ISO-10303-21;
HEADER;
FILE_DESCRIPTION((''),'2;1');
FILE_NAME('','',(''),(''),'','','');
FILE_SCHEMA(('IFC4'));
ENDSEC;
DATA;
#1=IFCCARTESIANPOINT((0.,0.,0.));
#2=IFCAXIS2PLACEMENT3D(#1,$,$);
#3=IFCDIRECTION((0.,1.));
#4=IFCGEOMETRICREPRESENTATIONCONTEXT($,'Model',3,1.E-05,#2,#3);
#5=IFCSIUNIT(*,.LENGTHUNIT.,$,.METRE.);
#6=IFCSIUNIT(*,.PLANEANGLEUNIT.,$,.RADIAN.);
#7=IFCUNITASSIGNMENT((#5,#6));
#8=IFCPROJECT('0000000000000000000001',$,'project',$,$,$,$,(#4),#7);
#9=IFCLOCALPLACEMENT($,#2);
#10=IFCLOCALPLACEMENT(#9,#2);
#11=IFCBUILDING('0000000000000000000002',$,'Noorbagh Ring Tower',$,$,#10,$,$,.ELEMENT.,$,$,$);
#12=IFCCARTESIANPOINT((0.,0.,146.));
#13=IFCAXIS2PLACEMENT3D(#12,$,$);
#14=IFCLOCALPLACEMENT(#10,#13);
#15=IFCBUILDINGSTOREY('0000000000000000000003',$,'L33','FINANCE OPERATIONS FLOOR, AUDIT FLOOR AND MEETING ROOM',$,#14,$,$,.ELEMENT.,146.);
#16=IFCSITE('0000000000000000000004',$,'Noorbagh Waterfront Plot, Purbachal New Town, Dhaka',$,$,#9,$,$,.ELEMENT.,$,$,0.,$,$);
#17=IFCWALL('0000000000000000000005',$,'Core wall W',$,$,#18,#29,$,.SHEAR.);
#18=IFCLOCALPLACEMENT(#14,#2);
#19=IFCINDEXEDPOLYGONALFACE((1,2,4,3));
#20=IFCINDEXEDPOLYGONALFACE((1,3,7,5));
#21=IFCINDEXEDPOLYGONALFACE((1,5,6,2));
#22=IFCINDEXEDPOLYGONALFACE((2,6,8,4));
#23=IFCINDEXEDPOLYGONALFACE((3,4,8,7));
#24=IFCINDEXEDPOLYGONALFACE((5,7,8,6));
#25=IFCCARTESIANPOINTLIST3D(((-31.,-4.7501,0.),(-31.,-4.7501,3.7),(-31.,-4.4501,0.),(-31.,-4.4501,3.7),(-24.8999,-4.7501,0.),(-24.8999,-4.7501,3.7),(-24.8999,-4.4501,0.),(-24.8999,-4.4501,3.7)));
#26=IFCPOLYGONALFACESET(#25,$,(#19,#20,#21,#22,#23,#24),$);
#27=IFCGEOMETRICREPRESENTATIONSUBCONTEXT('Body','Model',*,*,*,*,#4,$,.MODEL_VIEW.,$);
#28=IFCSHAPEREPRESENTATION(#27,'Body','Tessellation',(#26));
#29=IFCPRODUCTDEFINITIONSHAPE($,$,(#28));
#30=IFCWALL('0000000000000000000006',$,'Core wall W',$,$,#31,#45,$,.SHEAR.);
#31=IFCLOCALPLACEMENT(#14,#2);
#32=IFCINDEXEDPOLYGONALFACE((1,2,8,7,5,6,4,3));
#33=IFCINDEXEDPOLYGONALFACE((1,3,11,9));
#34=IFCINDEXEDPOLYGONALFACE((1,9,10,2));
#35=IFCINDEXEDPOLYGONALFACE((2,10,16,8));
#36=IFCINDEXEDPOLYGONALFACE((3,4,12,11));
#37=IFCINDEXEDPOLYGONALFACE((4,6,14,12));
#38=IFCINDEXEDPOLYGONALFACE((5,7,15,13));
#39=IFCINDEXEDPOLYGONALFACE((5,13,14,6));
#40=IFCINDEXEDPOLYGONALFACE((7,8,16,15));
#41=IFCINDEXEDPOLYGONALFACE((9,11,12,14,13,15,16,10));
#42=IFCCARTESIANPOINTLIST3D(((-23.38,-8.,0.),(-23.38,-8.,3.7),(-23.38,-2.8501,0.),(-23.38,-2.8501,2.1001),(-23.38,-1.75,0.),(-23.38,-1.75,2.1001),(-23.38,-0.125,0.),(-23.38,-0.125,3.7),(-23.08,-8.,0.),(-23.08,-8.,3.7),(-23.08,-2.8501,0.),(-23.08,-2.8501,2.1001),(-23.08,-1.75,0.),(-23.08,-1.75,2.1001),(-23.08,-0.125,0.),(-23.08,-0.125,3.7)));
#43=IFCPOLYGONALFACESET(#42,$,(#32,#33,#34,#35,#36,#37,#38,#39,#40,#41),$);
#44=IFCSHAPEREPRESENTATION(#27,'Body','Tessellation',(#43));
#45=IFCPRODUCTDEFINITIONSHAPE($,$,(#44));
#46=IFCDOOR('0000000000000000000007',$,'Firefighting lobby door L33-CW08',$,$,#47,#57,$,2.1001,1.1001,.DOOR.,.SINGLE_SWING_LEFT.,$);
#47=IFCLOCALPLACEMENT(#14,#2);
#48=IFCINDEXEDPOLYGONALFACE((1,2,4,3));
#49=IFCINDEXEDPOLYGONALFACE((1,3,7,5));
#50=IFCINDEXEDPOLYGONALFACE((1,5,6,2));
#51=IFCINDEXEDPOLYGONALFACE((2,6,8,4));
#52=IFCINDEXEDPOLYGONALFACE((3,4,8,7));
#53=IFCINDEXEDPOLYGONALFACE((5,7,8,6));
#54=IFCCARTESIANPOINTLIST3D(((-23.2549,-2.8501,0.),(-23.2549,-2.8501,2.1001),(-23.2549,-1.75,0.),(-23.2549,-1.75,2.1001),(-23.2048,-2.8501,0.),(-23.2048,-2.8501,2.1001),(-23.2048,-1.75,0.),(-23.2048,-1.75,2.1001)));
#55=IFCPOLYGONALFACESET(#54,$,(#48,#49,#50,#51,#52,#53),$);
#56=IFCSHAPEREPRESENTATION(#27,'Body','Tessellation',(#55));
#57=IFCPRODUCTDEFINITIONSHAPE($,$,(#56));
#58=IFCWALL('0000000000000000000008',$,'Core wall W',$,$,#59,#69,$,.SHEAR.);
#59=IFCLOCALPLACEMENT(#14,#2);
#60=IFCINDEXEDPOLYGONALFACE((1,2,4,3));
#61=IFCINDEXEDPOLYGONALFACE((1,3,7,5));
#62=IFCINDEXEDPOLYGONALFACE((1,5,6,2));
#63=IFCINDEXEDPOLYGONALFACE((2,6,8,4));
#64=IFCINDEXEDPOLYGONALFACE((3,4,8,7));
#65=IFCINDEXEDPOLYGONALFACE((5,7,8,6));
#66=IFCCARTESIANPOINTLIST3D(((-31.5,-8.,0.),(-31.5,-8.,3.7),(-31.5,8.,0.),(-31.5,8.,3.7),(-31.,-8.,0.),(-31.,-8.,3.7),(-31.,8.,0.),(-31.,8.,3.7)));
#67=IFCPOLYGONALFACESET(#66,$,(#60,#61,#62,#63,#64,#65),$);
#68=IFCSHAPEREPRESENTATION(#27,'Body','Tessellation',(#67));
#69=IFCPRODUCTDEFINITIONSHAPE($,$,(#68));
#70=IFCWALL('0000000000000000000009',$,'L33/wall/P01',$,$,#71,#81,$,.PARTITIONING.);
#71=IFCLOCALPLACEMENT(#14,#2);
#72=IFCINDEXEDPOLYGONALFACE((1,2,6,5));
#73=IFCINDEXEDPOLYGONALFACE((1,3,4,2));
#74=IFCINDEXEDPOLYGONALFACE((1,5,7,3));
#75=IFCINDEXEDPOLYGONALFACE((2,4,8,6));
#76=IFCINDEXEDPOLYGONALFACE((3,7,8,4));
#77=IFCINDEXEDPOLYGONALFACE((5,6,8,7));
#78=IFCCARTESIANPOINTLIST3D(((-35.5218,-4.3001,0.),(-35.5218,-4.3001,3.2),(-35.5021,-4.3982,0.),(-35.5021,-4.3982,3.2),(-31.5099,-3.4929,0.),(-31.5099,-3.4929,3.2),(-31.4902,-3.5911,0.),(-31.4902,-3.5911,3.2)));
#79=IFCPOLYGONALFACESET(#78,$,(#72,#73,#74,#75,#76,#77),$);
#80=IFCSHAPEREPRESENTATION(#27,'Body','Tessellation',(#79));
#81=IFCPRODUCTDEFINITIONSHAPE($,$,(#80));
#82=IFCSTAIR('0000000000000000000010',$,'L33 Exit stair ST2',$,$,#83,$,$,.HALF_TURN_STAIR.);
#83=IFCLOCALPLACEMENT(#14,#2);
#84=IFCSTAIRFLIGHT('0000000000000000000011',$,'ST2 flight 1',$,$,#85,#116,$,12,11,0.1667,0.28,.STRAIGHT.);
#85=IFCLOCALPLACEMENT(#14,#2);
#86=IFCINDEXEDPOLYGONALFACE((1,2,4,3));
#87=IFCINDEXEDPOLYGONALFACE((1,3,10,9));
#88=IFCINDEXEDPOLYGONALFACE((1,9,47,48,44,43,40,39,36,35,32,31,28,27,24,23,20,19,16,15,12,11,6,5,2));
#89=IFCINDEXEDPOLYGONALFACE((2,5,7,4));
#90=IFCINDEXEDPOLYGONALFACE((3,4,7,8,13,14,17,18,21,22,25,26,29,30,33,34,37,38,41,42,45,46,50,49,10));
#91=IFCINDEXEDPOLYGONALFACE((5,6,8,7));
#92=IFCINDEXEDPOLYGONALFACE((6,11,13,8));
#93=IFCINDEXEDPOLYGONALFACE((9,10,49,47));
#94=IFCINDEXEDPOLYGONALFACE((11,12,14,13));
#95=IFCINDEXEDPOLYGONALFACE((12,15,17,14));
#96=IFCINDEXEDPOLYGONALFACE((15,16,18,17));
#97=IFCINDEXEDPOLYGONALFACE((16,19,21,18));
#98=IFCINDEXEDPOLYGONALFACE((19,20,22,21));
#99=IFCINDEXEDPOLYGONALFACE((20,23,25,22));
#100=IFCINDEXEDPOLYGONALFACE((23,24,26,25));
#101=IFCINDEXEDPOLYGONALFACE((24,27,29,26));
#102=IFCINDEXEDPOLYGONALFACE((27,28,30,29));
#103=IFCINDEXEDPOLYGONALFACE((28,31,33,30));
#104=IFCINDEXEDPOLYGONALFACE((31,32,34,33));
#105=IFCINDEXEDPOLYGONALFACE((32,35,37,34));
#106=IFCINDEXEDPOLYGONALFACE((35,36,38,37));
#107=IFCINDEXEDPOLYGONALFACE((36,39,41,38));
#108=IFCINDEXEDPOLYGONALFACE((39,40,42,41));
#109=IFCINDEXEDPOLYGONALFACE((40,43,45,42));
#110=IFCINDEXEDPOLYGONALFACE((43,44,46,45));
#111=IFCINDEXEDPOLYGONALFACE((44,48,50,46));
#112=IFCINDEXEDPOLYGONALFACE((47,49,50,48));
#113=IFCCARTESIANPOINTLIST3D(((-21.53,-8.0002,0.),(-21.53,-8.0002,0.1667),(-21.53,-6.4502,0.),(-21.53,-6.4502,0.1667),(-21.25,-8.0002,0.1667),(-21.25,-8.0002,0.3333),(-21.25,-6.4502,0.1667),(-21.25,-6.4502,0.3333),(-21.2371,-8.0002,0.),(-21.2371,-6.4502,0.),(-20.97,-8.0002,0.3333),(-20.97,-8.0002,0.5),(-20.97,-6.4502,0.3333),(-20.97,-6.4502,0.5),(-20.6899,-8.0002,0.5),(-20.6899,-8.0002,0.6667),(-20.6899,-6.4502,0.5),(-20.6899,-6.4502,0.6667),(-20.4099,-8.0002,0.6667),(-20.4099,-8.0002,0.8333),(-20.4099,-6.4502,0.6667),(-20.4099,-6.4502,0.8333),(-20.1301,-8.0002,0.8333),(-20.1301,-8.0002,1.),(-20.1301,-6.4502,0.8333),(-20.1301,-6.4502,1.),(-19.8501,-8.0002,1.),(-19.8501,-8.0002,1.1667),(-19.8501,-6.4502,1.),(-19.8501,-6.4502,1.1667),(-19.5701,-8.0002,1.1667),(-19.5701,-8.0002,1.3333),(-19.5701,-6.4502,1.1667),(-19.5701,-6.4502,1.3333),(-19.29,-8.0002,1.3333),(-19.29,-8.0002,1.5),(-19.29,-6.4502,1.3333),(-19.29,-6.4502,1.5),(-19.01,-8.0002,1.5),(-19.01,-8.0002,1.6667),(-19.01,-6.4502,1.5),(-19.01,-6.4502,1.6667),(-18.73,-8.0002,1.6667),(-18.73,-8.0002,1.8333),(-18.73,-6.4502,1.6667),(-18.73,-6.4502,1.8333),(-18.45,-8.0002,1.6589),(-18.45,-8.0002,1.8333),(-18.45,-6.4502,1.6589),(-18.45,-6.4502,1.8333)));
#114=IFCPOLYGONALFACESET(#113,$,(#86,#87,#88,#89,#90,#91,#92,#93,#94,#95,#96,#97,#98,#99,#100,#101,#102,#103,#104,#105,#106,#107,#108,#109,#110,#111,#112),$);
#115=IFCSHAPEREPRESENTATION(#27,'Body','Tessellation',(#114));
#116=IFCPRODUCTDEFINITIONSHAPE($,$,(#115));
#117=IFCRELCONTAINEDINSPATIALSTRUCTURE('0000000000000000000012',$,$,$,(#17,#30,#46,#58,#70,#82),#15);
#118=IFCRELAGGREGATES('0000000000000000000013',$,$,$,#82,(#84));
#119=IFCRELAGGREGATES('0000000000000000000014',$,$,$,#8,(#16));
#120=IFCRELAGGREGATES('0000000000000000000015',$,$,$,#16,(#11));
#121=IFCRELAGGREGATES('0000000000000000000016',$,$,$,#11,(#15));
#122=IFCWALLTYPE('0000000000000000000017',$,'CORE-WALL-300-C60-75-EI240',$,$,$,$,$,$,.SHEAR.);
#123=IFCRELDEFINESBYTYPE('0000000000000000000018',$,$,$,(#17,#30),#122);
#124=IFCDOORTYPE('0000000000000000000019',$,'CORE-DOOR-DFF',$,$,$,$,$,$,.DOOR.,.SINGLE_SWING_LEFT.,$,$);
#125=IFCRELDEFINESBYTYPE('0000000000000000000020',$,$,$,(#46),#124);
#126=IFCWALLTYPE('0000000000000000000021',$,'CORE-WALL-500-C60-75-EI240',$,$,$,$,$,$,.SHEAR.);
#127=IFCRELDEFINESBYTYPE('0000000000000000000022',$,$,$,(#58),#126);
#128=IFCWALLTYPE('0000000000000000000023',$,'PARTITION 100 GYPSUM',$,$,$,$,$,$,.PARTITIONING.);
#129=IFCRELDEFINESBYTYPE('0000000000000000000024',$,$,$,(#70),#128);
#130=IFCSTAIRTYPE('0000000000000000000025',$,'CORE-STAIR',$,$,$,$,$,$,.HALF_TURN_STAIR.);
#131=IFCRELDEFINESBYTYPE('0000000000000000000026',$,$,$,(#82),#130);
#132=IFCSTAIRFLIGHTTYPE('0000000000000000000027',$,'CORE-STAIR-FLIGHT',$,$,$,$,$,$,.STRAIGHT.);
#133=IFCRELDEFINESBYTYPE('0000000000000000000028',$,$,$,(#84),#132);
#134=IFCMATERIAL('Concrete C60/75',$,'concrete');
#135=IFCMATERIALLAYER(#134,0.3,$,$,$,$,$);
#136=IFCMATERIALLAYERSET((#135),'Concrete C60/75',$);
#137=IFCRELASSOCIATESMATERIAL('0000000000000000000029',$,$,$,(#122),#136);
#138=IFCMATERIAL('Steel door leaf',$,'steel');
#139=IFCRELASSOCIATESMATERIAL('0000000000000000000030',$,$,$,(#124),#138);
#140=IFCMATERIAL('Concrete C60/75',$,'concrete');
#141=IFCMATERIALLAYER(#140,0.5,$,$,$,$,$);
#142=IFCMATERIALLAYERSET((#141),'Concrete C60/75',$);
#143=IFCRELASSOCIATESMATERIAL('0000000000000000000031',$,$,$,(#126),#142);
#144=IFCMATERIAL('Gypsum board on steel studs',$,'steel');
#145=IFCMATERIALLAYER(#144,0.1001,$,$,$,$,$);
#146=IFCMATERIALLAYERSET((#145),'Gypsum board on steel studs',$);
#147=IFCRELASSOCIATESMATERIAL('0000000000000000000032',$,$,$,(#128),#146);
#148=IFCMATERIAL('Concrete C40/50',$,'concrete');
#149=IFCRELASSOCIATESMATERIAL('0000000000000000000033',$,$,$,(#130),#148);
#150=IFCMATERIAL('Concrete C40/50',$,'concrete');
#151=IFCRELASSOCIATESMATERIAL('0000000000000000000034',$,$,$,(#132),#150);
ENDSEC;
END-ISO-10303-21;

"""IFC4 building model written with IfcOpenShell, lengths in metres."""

from ifc_helpers import new_model, si_unit, direction, frame, frame_2d, origin, place, context, subcontext, project, spatial, polyline, rectangle, outline, extrude, material, layer, layer_set, type_object, element, fill, aggregate, save


model = new_model("IFC4")

# Units and contexts
model_context = context("Model", 3, precision=1e-05, world=origin(), true_north=direction((0.0, 1.0)))
body_context = subcontext(model_context, "Body", "Model", "MODEL_VIEW")
ifc_project = project(units=[si_unit("LENGTHUNIT", "METRE"), si_unit("PLANEANGLEUNIT", "RADIAN")], contexts=[model_context])

# Site, building, storey
site_placement = place(None, origin())
site = spatial("IfcSite", under=ifc_project, at=site_placement, Name="Noorbagh Waterfront Plot, Purbachal New Town, Dhaka", CompositionType="ELEMENT", RefElevation=0.0)
building_placement = place(site_placement, origin())
building = spatial("IfcBuilding", under=site, at=building_placement, Name="Noorbagh Ring Tower", CompositionType="ELEMENT")
storey_placement = place(building_placement, frame((0.0, 0.0, 146.0)))
storey = spatial("IfcBuildingStorey", under=building, at=storey_placement, Name="L33", Description="FINANCE OPERATIONS FLOOR, AUDIT FLOOR AND MEETING ROOM", CompositionType="ELEMENT", Elevation=146.0)

# Wall
ifc_material_1 = material(Name="Concrete C60/75", Category="concrete")
ifc_layer_1 = layer(ifc_material_1, 0.3)
ifc_layer_set_1 = layer_set([ifc_layer_1], Name="Concrete C60/75")
wall_type_1 = type_object("IfcWallType", Name="CORE-WALL-300-C60-75-EI240", PredefinedType="SHEAR", material=ifc_layer_set_1)
wall_1_placement = place(storey_placement, frame((-24.8999, -4.6001, 0.0), z_axis=(0.0, 0.0, 1.0), x_axis=(-1.0, 0.0, 0.0)))
element("IfcWall", 1, at=wall_1_placement, inside=storey, type_object=wall_type_1, Name="Core wall W", PredefinedType="SHEAR", context=body_context, shape_type="SweptSolid", body=[
    extrude(rectangle(XDim=6.1001, YDim=0.3, at=frame_2d((3.05, 0.0))), origin(), (0.0, 0.0, 1.0), 3.7),
])

# Wall, opening, door
wall_2_placement = place(storey_placement, frame((-23.23, -8.0, 0.0), z_axis=(0.0, 0.0, 1.0), x_axis=(0.0, 1.0, 0.0)))
wall_2 = element("IfcWall", 2, at=wall_2_placement, inside=storey, type_object=wall_type_1, Name="Core wall W", PredefinedType="SHEAR", context=body_context, shape_type="SweptSolid", body=[
    extrude(rectangle(XDim=7.875, YDim=0.3, at=frame_2d((3.9375, 0.0))), origin(), (0.0, 0.0, 1.0), 3.7),
])
opening_1_placement = place(wall_2_placement, frame((5.1499, 0.0, 0.0)))
opening_1 = element("IfcOpeningElement", 3, at=opening_1_placement, cuts=wall_2, PredefinedType="OPENING", context=body_context, shape_type="SweptSolid", body=[
    extrude(rectangle(XDim=1.1001, YDim=2.1001, at=frame_2d((0.55, 1.05))), frame((0.0, 0.1602, 0.0), z_axis=(0.0, -1.0, 0.0), x_axis=(1.0, 0.0, 0.0)), (0.0, 0.0, 1.0), 0.3201),
])
ifc_material_2 = material(Name="Steel door leaf", Category="steel")
door_type_1 = type_object("IfcDoorType", Name="CORE-DOOR-DFF", OperationType="SINGLE_SWING_LEFT", PredefinedType="DOOR", material=ifc_material_2)
door_1_placement = place(opening_1_placement, origin())
door_1 = element("IfcDoor", 4, at=door_1_placement, inside=storey, type_object=door_type_1, Name="Firefighting lobby door L33-CW08", OperationType="SINGLE_SWING_LEFT", OverallHeight=2.1001, OverallWidth=1.1001, PredefinedType="DOOR", context=body_context, shape_type="SweptSolid", body=[
    extrude(rectangle(XDim=1.1001, YDim=2.1001, at=frame_2d((0.55, 1.05))), frame((0.0, 0.0249, 0.0), z_axis=(0.0, -1.0, 0.0), x_axis=(1.0, 0.0, 0.0)), (0.0, 0.0, 1.0), 0.05),
])
fill(opening_1, door_1)

# Walls
ifc_material_3 = material(Name="Concrete C60/75", Category="concrete")
ifc_layer_2 = layer(ifc_material_3, 0.5)
ifc_layer_set_2 = layer_set([ifc_layer_2], Name="Concrete C60/75")
wall_type_2 = type_object("IfcWallType", Name="CORE-WALL-500-C60-75-EI240", PredefinedType="SHEAR", material=ifc_layer_set_2)
wall_3_placement = place(storey_placement, frame((-31.25, -8.0, 0.0), z_axis=(0.0, 0.0, 1.0), x_axis=(0.0, 1.0, 0.0)))
element("IfcWall", 5, at=wall_3_placement, inside=storey, type_object=wall_type_2, Name="Core wall W", PredefinedType="SHEAR", context=body_context, shape_type="SweptSolid", body=[
    extrude(rectangle(XDim=16.0, YDim=0.5, at=frame_2d((8.0, 0.0))), origin(), (0.0, 0.0, 1.0), 3.7),
])
ifc_material_4 = material(Name="Gypsum board on steel studs", Category="steel")
ifc_layer_3 = layer(ifc_material_4, 0.1001)
ifc_layer_set_3 = layer_set([ifc_layer_3], Name="Gypsum board on steel studs")
wall_type_3 = type_object("IfcWallType", Name="PARTITION 100 GYPSUM", PredefinedType="PARTITIONING", material=ifc_layer_set_3)
wall_4_placement = place(storey_placement, frame((-35.512, -4.3491, 0.0), z_axis=(0.0, 0.0, 1.0), x_axis=(0.980357, 0.197229, 0.0)))
element("IfcWall", 6, at=wall_4_placement, inside=storey, type_object=wall_type_3, Name="L33/wall/P01", PredefinedType="PARTITIONING", context=body_context, shape_type="SweptSolid", body=[
    extrude(rectangle(XDim=4.0923, YDim=0.1001, at=frame_2d((2.0461, 0.0))), origin(), (0.0, 0.0, 1.0), 3.2),
])

# Stair, stair flight
ifc_material_5 = material(Name="Concrete C40/50", Category="concrete")
stair_type = type_object("IfcStairType", Name="CORE-STAIR", PredefinedType="HALF_TURN_STAIR", material=ifc_material_5)
stair_placement = place(storey_placement, origin())
stair = element("IfcStair", 7, at=stair_placement, inside=storey, type_object=stair_type, Name="L33 Exit stair ST2", PredefinedType="HALF_TURN_STAIR")
ifc_material_6 = material(Name="Concrete C40/50", Category="concrete")
stair_flight_type = type_object("IfcStairFlightType", Name="CORE-STAIR-FLIGHT", PredefinedType="STRAIGHT", material=ifc_material_6)
stair_flight_placement = place(storey_placement, frame((-21.53, -7.2251, 0.0), z_axis=(0.0, 0.0, 1.0), x_axis=(1.0, 0.0, 0.0)))
stair_flight = element("IfcStairFlight", 8, at=stair_flight_placement, type_object=stair_flight_type, Name="ST2 flight 1", NumberOfRisers=12, NumberOfTreads=11, PredefinedType="STRAIGHT", RiserHeight=0.1667, TreadLength=0.28, context=body_context, shape_type="SweptSolid", body=[
    extrude(outline(polyline([(0.0, 0.0), (0.0, 0.1667), (0.28, 0.1667), (0.28, 0.3333), (0.5601, 0.3333), (0.5601, 0.5), (0.8401, 0.5), (0.8401, 0.6667), (1.1201, 0.6667), (1.1201, 0.8333), (1.3999, 0.8333), (1.3999, 1.0), (1.6799, 1.0), (1.6799, 1.1667), (1.96, 1.1667), (1.96, 1.3333), (2.24, 1.3333), (2.24, 1.5), (2.52, 1.5), (2.52, 1.6667), (2.8, 1.6667), (2.8, 1.8333), (3.0801, 1.8333), (3.0801, 2.0), (3.0801, 1.6589), (0.293, 0.0), (0.0, 0.0)])), frame((0.0, 0.7749, 0.0), z_axis=(0.0, -1.0, 0.0), x_axis=(1.0, 0.0, 0.0)), (0.0, 0.0, 1.0), 1.55),
])
aggregate(stair, [stair_flight])

save(model, "model.ifc")
